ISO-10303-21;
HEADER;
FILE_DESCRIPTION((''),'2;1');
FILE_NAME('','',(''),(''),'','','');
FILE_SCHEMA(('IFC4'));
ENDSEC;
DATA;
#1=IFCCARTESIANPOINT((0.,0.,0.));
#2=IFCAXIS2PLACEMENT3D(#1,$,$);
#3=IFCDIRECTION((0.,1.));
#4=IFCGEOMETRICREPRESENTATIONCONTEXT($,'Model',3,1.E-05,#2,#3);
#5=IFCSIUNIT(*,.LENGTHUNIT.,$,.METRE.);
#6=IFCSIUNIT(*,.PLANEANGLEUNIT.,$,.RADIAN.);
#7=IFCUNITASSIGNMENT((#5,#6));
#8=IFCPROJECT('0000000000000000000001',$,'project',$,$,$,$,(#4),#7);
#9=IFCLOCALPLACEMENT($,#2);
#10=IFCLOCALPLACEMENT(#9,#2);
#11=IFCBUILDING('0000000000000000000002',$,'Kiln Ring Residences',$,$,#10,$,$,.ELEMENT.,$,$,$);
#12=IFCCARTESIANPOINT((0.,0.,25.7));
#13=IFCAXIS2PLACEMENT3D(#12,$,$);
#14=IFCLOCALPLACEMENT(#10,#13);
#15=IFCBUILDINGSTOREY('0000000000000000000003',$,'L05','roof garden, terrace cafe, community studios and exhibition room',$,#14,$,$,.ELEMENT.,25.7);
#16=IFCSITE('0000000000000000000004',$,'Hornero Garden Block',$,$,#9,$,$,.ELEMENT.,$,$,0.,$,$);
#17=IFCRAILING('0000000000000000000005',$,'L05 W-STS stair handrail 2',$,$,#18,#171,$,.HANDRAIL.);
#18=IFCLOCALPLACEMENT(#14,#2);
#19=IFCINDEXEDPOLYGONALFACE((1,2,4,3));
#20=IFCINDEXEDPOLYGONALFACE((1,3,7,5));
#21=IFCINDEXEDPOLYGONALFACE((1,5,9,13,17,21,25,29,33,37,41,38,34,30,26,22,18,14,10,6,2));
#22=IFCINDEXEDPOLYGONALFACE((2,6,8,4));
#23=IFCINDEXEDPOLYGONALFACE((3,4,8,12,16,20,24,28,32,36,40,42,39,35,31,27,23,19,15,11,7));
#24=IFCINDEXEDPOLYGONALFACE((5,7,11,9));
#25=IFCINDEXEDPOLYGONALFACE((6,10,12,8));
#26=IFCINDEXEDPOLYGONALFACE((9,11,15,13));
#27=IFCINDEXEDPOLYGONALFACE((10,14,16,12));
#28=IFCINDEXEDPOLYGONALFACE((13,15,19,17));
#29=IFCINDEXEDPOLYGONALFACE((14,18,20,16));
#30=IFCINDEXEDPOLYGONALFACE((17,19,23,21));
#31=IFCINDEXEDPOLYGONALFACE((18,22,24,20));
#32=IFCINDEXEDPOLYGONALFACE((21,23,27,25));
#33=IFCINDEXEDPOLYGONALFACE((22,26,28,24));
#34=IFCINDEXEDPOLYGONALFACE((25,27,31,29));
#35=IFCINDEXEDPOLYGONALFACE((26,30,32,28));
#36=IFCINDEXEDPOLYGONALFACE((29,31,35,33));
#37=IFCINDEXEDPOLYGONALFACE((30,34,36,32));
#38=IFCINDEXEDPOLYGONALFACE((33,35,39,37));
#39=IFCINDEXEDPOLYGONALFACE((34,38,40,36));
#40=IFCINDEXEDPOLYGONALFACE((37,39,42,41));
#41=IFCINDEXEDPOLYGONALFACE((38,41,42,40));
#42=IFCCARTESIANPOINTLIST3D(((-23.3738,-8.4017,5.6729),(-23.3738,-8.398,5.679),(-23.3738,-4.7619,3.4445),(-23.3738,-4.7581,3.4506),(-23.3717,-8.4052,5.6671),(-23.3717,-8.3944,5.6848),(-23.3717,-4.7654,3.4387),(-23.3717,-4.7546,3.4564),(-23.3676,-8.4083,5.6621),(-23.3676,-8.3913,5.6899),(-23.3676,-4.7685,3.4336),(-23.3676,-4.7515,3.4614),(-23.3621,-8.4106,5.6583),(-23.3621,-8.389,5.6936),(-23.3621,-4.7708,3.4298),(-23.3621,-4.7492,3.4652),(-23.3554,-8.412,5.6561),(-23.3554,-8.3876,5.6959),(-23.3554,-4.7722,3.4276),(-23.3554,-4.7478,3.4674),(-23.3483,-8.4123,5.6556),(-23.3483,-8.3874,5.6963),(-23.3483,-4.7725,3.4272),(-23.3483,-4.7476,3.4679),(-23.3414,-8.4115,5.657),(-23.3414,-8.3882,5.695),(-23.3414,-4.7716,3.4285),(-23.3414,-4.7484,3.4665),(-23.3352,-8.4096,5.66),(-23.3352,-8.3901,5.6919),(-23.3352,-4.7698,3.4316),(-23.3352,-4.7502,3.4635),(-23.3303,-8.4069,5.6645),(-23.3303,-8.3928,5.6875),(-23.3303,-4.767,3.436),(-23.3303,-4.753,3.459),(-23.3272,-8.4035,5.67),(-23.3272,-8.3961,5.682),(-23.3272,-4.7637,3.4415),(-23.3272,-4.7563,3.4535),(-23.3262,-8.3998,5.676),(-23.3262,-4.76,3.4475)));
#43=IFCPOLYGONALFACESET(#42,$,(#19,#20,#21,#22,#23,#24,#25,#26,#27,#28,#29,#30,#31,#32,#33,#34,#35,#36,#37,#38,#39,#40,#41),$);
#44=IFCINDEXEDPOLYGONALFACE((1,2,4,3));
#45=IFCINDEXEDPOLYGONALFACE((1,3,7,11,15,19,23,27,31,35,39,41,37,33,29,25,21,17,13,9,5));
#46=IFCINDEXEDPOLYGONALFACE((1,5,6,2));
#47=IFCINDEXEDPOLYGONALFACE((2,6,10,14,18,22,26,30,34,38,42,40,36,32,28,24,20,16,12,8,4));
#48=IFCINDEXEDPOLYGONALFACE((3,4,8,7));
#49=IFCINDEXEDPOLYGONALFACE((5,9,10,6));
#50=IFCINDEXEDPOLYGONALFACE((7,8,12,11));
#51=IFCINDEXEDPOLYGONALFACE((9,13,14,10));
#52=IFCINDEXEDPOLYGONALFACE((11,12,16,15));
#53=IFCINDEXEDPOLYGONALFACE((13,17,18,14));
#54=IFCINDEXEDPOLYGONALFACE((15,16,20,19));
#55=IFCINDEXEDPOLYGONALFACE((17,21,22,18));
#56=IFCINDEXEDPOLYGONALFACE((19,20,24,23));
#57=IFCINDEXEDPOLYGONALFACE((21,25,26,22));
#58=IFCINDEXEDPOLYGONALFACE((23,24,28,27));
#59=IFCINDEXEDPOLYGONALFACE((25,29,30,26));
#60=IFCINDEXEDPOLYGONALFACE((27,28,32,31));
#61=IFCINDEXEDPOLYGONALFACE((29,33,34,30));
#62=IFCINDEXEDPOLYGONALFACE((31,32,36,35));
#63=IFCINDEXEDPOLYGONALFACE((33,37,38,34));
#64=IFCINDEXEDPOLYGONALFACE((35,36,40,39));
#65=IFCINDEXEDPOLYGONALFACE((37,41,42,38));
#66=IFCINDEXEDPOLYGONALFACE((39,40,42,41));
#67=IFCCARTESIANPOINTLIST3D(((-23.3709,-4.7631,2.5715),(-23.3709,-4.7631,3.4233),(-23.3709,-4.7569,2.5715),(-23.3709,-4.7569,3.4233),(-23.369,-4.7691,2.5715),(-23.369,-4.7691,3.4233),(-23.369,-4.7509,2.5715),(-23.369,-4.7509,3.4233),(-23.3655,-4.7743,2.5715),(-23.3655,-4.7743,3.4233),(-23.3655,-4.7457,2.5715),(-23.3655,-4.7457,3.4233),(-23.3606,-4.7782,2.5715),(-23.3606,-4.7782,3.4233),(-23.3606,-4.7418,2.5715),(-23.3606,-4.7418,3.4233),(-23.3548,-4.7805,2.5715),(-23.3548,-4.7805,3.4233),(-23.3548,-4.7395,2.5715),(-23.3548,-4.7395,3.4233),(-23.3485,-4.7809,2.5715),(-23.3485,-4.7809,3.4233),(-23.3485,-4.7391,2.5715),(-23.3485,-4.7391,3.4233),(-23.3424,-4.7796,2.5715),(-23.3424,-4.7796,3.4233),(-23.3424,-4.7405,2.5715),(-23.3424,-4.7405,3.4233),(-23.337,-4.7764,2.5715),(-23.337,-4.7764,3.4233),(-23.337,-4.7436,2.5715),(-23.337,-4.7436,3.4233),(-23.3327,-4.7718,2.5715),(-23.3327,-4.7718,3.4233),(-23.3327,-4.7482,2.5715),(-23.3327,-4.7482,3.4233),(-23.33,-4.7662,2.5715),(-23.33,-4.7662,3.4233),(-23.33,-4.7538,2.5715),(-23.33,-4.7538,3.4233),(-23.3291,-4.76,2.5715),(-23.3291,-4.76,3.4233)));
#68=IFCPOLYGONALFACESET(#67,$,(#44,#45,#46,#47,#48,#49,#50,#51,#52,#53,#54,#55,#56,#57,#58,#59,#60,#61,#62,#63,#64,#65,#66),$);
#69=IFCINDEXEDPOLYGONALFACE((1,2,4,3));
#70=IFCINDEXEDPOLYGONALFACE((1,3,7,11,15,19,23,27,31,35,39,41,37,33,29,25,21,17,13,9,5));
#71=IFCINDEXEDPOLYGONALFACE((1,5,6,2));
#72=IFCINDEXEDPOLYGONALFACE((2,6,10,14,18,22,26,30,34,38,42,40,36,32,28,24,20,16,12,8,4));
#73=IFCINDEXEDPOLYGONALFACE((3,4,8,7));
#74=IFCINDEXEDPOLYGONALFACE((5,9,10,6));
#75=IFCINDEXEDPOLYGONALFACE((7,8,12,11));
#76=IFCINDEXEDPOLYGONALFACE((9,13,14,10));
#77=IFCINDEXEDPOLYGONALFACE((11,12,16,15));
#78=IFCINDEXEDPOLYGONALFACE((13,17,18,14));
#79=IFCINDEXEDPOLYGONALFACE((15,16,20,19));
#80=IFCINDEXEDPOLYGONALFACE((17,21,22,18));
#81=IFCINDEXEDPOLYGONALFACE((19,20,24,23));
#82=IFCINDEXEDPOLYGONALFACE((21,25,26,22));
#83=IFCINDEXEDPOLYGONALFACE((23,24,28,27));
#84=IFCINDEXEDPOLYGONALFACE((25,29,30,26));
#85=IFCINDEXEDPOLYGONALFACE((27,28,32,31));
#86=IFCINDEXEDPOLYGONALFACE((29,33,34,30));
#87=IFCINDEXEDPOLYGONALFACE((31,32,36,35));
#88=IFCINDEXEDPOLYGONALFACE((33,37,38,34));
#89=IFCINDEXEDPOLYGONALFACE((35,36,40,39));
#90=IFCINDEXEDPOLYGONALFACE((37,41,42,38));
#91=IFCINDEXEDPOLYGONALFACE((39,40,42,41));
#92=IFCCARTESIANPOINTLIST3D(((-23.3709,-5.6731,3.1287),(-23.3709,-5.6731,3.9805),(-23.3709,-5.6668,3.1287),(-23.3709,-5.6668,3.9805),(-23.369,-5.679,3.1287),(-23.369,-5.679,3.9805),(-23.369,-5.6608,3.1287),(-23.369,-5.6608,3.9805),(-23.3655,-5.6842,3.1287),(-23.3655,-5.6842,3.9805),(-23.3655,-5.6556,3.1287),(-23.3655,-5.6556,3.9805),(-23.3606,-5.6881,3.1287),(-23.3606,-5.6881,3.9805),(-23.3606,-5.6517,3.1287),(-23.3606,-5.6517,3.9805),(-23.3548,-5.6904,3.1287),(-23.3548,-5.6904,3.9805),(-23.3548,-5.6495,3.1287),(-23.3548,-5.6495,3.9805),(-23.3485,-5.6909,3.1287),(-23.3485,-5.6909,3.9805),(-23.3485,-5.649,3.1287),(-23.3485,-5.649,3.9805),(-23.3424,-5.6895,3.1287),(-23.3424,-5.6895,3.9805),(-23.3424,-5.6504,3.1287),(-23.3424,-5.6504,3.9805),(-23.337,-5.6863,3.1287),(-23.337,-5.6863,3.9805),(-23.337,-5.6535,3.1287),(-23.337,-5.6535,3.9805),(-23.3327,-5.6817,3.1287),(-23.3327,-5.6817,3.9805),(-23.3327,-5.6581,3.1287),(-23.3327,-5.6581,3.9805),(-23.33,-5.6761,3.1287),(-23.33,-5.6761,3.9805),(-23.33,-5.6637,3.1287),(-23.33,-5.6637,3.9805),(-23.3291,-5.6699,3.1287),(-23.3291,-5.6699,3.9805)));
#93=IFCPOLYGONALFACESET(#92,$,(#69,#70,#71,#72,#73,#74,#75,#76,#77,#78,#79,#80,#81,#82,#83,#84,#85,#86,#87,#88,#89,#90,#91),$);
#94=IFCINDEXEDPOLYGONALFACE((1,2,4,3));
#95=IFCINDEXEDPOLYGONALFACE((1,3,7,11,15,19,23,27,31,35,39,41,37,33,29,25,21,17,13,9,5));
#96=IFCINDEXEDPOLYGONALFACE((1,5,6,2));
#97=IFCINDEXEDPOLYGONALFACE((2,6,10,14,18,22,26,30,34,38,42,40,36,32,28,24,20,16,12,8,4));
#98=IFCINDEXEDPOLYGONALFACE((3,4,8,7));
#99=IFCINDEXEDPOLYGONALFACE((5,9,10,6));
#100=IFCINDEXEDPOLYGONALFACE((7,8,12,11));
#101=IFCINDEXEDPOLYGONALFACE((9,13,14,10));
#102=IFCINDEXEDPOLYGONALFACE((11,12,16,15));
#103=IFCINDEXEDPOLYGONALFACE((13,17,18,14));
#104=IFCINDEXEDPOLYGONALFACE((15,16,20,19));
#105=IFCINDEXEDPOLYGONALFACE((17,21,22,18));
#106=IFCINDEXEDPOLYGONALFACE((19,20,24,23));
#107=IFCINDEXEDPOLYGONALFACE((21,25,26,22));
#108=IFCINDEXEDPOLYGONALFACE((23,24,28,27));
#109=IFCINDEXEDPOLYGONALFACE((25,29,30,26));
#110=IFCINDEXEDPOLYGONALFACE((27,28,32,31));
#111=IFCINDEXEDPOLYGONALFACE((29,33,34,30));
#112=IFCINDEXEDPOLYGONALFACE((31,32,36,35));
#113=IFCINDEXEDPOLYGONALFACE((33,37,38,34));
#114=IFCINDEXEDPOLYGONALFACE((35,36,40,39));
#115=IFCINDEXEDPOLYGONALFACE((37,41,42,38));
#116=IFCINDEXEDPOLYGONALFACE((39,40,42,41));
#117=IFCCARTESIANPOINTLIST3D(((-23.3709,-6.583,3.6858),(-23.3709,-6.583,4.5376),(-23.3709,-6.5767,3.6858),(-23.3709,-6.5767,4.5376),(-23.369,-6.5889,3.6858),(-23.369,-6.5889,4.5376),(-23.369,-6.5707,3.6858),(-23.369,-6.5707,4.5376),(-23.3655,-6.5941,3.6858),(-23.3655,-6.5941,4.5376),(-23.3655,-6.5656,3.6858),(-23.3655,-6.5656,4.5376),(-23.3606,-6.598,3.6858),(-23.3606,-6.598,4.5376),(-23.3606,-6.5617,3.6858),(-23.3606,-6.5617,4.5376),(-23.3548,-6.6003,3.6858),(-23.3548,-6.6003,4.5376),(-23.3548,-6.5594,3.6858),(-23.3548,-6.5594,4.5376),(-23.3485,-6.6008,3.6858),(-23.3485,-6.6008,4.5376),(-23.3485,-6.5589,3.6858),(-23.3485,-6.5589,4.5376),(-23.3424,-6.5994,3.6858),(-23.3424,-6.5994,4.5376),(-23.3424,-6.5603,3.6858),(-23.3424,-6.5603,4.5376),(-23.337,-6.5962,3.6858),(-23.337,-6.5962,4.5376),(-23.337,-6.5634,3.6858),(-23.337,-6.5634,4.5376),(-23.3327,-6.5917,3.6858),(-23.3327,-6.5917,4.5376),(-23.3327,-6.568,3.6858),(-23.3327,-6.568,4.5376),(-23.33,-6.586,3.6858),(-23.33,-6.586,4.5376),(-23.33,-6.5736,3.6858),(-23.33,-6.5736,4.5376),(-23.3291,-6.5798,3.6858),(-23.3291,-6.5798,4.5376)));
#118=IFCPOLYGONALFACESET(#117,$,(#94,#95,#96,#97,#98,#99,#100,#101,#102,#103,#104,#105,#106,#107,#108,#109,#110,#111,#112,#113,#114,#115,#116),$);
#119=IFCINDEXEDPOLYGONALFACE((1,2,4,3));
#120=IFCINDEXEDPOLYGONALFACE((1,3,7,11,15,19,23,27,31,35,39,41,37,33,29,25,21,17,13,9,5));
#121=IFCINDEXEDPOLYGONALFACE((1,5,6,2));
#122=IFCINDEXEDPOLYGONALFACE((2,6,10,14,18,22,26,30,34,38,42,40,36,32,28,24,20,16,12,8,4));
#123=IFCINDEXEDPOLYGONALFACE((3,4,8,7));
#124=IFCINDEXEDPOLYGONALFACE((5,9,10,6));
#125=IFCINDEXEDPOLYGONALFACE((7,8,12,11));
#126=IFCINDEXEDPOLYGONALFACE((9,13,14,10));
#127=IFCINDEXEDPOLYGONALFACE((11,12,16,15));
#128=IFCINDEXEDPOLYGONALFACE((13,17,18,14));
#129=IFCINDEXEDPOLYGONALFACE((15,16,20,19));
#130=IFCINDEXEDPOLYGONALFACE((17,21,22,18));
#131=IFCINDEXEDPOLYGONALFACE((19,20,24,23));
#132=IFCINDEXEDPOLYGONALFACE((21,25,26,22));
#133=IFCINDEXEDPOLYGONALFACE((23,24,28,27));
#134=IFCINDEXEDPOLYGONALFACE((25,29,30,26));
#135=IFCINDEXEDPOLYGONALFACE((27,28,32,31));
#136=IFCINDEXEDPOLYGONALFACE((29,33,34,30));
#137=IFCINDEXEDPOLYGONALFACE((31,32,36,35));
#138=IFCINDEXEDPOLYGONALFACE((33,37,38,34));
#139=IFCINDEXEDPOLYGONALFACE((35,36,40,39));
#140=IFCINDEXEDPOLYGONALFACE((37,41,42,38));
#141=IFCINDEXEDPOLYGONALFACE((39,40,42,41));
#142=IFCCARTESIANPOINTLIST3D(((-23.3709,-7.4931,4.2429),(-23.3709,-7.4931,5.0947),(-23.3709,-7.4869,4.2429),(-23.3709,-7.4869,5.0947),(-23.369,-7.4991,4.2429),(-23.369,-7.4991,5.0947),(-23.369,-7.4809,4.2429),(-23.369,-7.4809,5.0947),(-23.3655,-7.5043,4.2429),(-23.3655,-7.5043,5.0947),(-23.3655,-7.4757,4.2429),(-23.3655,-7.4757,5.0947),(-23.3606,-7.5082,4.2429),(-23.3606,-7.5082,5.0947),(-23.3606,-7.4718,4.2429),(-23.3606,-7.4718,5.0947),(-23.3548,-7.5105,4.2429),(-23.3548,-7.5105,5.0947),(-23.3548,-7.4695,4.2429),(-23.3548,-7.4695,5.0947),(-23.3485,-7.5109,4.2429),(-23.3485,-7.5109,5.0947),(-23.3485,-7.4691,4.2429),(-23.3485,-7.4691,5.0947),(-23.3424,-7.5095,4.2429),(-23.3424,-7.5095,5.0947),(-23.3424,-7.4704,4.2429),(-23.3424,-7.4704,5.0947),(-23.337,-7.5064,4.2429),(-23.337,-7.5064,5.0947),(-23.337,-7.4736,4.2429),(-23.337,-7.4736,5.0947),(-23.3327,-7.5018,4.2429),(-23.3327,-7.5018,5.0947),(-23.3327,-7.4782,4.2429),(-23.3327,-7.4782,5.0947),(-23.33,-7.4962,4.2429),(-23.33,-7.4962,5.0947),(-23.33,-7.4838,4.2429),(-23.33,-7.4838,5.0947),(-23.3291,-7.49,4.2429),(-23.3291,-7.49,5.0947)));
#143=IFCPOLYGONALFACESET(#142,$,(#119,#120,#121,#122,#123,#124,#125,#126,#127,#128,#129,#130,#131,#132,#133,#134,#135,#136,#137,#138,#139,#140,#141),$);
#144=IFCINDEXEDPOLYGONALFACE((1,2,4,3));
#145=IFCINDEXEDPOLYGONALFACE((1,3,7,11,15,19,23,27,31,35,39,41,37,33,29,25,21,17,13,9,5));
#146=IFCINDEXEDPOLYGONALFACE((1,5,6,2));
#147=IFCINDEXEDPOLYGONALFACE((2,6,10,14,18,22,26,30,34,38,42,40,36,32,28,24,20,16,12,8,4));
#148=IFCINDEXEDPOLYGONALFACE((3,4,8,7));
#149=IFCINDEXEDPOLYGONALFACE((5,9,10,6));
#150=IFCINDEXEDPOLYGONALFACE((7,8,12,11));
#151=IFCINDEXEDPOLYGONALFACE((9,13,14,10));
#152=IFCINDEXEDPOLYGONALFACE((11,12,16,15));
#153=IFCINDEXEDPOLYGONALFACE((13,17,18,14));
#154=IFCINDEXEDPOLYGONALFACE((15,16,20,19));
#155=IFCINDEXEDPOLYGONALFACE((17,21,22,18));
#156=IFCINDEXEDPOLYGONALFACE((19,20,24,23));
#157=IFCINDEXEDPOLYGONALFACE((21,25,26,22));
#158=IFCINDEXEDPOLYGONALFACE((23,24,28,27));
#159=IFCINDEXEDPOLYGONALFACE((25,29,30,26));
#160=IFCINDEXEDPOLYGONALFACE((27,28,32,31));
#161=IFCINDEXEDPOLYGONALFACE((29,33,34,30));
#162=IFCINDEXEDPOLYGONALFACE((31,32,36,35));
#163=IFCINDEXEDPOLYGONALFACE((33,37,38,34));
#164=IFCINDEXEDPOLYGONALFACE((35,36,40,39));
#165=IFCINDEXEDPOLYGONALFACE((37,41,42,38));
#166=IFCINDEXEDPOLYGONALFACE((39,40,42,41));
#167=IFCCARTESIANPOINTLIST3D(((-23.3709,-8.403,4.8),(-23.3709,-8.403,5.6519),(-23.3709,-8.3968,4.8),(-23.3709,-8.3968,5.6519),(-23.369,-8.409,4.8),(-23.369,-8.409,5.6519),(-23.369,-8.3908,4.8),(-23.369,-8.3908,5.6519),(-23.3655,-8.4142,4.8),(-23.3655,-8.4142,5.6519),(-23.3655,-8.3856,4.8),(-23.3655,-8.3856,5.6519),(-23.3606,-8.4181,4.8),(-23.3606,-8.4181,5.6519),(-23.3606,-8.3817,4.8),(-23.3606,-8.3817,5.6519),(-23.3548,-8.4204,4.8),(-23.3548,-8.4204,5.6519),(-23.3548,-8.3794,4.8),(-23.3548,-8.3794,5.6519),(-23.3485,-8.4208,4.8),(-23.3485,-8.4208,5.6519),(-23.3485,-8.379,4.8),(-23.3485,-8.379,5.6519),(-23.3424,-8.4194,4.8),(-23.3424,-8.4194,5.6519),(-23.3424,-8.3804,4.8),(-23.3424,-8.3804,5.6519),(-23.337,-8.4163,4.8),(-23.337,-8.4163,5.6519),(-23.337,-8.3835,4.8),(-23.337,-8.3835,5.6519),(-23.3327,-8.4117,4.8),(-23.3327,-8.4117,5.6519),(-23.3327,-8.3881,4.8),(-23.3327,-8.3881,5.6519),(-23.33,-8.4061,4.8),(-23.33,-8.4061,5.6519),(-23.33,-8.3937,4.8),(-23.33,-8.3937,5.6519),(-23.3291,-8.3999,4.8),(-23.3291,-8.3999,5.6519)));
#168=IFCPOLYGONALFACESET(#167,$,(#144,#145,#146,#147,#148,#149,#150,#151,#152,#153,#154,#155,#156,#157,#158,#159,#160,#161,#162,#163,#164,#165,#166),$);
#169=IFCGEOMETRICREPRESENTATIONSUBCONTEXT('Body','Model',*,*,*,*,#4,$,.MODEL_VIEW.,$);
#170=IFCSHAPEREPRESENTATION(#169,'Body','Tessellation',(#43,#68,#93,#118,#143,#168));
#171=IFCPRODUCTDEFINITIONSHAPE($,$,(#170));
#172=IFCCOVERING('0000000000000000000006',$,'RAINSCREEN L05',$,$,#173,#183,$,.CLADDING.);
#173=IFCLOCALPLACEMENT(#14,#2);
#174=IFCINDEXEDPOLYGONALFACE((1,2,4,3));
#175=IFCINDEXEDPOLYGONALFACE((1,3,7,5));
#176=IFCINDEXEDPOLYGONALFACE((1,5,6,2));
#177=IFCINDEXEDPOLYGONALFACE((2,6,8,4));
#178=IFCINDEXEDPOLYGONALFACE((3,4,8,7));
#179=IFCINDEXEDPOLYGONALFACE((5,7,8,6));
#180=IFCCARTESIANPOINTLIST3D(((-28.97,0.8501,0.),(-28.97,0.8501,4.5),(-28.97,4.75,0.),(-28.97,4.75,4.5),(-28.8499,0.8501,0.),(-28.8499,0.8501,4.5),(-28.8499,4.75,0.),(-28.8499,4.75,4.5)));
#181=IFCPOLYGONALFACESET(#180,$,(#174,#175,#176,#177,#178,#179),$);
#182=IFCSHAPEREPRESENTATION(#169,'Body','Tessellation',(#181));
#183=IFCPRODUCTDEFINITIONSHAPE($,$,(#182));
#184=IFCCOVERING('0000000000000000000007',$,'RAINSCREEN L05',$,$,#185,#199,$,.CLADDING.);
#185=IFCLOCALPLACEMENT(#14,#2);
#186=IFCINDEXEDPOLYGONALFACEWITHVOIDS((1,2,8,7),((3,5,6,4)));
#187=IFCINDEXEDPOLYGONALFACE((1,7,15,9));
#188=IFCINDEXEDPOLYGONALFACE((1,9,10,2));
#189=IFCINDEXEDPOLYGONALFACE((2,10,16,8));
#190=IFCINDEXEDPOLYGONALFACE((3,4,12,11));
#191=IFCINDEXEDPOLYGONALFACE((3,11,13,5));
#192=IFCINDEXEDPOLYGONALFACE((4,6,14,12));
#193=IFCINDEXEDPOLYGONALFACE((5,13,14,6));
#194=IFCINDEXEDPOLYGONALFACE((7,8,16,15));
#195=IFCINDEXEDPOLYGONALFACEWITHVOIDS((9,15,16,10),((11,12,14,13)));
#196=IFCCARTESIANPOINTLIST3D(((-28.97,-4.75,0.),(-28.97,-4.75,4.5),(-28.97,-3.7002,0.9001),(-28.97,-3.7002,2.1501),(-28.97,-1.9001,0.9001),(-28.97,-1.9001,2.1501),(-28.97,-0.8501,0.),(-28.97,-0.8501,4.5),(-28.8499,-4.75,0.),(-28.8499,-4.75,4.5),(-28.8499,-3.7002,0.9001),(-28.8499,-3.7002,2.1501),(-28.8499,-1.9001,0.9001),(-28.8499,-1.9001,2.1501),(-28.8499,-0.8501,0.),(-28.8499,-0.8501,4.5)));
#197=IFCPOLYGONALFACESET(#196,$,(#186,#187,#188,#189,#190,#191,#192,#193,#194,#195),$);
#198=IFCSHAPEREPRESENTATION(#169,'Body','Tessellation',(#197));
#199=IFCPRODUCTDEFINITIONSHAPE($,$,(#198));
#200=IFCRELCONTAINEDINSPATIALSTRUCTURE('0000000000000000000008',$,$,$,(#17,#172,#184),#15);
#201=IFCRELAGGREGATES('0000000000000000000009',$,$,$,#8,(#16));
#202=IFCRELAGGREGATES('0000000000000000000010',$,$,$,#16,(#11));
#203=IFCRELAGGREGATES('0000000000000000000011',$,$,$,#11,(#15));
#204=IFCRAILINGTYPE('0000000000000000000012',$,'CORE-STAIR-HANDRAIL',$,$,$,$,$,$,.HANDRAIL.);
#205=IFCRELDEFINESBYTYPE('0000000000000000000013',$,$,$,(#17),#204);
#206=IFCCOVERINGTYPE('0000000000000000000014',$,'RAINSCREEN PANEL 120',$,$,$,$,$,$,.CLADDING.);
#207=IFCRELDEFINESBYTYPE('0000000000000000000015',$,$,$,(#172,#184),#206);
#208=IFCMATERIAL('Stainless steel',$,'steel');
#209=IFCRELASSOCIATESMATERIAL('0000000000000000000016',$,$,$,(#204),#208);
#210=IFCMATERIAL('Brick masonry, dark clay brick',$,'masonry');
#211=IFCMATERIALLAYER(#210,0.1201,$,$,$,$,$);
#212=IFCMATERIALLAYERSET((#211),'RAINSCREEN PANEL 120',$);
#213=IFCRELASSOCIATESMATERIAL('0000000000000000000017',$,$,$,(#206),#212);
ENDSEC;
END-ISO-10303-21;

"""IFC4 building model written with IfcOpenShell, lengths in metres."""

from ifc_helpers import new_model, si_unit, direction, frame, origin, origin_2d, place, context, subcontext, project, spatial, polyline, circle, outline, extrude, material, layer, layer_set, type_object, element, save


model = new_model("IFC4")

# Units and contexts
model_context = context("Model", 3, precision=1e-05, world=origin(), true_north=direction((0.0, 1.0)))
body_context = subcontext(model_context, "Body", "Model", "MODEL_VIEW")
ifc_project = project(units=[si_unit("LENGTHUNIT", "METRE"), si_unit("PLANEANGLEUNIT", "RADIAN")], contexts=[model_context])

# Site, building, storey
site_placement = place(None, origin())
site = spatial("IfcSite", under=ifc_project, at=site_placement, Name="Hornero Garden Block", CompositionType="ELEMENT", RefElevation=0.0)
building_placement = place(site_placement, origin())
building = spatial("IfcBuilding", under=site, at=building_placement, Name="Kiln Ring Residences", CompositionType="ELEMENT")
storey_placement = place(building_placement, frame((0.0, 0.0, 25.7)))
storey = spatial("IfcBuildingStorey", under=building, at=storey_placement, Name="L05", Description="roof garden, terrace cafe, community studios and exhibition room", CompositionType="ELEMENT", Elevation=25.7)

# Railing
ifc_material_1 = material(Name="Stainless steel", Category="steel")
railing_type_1 = type_object("IfcRailingType", Name="CORE-STAIR-HANDRAIL", PredefinedType="HANDRAIL", material=ifc_material_1)
railing_1_placement = place(storey_placement, frame((-23.3501, -4.76, 2.5715)))
element("IfcRailing", 1, at=railing_1_placement, inside=storey, type_object=railing_type_1, Name="L05 W-STS stair handrail 2", PredefinedType="HANDRAIL", context=body_context, shape_type="SweptSolid", body=[
    extrude(circle(Radius=0.0239, at=origin_2d()), frame((0.0, 0.0, 0.876), z_axis=(0.0, -0.85285, 0.522156), x_axis=(1.0, 0.0, 0.0)), (0.0, 0.0, 1.0), 4.2678),
    extrude(circle(Radius=0.021, at=origin_2d()), origin(), (0.0, 0.0, 1.0), 0.8518),
    extrude(circle(Radius=0.021, at=origin_2d()), frame((0.0, -0.9099, 0.5571)), (0.0, 0.0, 1.0), 0.8518),
    extrude(circle(Radius=0.021, at=origin_2d()), frame((0.0, -1.8198, 1.1143)), (0.0, 0.0, 1.0), 0.8518),
    extrude(circle(Radius=0.021, at=origin_2d()), frame((0.0, -2.73, 1.6714)), (0.0, 0.0, 1.0), 0.8518),
    extrude(circle(Radius=0.021, at=origin_2d()), frame((0.0, -3.6399, 2.2285)), (0.0, 0.0, 1.0), 0.8518),
])

# Coverings
ifc_material_2 = material(Name="Brick masonry, dark clay brick", Category="masonry")
ifc_layer_1 = layer(ifc_material_2, 0.1201)
ifc_layer_set_1 = layer_set([ifc_layer_1], Name="RAINSCREEN PANEL 120")
covering_type = type_object("IfcCoveringType", Name="RAINSCREEN PANEL 120", PredefinedType="CLADDING", material=ifc_layer_set_1)
covering_1_placement = place(storey_placement, frame((-28.9099, 4.75, 0.0), z_axis=(0.0, 0.0, 1.0), x_axis=(0.0, -1.0, 0.0)))
element("IfcCovering", 2, at=covering_1_placement, inside=storey, type_object=covering_type, Name="RAINSCREEN L05", PredefinedType="CLADDING", context=body_context, shape_type="SweptSolid", body=[
    extrude(outline(polyline([(0.0, 0.0), (3.8999, 0.0), (3.8999, 4.5), (0.0, 4.5), (0.0, 0.0)])), frame((0.0, 0.0601, 0.0), z_axis=(0.0, -1.0, 0.0), x_axis=(1.0, 0.0, 0.0)), (0.0, 0.0, 1.0), 0.1201),
])
covering_2_placement = place(storey_placement, frame((-28.9099, -0.8501, 0.0), z_axis=(0.0, 0.0, 1.0), x_axis=(0.0, -1.0, 0.0)))
element("IfcCovering", 3, at=covering_2_placement, inside=storey, type_object=covering_type, Name="RAINSCREEN L05", PredefinedType="CLADDING", context=body_context, shape_type="SweptSolid", body=[
    extrude(outline(polyline([(0.0, 0.0), (3.8999, 0.0), (3.8999, 4.5), (0.0, 4.5), (0.0, 0.0)]), holes=[polyline([(1.05, 2.1501), (1.05, 0.9001), (2.8501, 0.9001), (2.8501, 2.1501), (1.05, 2.1501)])]), frame((0.0, 0.0601, 0.0), z_axis=(0.0, -1.0, 0.0), x_axis=(1.0, 0.0, 0.0)), (0.0, 0.0, 1.0), 0.1201),
])

save(model, "model.ifc")
